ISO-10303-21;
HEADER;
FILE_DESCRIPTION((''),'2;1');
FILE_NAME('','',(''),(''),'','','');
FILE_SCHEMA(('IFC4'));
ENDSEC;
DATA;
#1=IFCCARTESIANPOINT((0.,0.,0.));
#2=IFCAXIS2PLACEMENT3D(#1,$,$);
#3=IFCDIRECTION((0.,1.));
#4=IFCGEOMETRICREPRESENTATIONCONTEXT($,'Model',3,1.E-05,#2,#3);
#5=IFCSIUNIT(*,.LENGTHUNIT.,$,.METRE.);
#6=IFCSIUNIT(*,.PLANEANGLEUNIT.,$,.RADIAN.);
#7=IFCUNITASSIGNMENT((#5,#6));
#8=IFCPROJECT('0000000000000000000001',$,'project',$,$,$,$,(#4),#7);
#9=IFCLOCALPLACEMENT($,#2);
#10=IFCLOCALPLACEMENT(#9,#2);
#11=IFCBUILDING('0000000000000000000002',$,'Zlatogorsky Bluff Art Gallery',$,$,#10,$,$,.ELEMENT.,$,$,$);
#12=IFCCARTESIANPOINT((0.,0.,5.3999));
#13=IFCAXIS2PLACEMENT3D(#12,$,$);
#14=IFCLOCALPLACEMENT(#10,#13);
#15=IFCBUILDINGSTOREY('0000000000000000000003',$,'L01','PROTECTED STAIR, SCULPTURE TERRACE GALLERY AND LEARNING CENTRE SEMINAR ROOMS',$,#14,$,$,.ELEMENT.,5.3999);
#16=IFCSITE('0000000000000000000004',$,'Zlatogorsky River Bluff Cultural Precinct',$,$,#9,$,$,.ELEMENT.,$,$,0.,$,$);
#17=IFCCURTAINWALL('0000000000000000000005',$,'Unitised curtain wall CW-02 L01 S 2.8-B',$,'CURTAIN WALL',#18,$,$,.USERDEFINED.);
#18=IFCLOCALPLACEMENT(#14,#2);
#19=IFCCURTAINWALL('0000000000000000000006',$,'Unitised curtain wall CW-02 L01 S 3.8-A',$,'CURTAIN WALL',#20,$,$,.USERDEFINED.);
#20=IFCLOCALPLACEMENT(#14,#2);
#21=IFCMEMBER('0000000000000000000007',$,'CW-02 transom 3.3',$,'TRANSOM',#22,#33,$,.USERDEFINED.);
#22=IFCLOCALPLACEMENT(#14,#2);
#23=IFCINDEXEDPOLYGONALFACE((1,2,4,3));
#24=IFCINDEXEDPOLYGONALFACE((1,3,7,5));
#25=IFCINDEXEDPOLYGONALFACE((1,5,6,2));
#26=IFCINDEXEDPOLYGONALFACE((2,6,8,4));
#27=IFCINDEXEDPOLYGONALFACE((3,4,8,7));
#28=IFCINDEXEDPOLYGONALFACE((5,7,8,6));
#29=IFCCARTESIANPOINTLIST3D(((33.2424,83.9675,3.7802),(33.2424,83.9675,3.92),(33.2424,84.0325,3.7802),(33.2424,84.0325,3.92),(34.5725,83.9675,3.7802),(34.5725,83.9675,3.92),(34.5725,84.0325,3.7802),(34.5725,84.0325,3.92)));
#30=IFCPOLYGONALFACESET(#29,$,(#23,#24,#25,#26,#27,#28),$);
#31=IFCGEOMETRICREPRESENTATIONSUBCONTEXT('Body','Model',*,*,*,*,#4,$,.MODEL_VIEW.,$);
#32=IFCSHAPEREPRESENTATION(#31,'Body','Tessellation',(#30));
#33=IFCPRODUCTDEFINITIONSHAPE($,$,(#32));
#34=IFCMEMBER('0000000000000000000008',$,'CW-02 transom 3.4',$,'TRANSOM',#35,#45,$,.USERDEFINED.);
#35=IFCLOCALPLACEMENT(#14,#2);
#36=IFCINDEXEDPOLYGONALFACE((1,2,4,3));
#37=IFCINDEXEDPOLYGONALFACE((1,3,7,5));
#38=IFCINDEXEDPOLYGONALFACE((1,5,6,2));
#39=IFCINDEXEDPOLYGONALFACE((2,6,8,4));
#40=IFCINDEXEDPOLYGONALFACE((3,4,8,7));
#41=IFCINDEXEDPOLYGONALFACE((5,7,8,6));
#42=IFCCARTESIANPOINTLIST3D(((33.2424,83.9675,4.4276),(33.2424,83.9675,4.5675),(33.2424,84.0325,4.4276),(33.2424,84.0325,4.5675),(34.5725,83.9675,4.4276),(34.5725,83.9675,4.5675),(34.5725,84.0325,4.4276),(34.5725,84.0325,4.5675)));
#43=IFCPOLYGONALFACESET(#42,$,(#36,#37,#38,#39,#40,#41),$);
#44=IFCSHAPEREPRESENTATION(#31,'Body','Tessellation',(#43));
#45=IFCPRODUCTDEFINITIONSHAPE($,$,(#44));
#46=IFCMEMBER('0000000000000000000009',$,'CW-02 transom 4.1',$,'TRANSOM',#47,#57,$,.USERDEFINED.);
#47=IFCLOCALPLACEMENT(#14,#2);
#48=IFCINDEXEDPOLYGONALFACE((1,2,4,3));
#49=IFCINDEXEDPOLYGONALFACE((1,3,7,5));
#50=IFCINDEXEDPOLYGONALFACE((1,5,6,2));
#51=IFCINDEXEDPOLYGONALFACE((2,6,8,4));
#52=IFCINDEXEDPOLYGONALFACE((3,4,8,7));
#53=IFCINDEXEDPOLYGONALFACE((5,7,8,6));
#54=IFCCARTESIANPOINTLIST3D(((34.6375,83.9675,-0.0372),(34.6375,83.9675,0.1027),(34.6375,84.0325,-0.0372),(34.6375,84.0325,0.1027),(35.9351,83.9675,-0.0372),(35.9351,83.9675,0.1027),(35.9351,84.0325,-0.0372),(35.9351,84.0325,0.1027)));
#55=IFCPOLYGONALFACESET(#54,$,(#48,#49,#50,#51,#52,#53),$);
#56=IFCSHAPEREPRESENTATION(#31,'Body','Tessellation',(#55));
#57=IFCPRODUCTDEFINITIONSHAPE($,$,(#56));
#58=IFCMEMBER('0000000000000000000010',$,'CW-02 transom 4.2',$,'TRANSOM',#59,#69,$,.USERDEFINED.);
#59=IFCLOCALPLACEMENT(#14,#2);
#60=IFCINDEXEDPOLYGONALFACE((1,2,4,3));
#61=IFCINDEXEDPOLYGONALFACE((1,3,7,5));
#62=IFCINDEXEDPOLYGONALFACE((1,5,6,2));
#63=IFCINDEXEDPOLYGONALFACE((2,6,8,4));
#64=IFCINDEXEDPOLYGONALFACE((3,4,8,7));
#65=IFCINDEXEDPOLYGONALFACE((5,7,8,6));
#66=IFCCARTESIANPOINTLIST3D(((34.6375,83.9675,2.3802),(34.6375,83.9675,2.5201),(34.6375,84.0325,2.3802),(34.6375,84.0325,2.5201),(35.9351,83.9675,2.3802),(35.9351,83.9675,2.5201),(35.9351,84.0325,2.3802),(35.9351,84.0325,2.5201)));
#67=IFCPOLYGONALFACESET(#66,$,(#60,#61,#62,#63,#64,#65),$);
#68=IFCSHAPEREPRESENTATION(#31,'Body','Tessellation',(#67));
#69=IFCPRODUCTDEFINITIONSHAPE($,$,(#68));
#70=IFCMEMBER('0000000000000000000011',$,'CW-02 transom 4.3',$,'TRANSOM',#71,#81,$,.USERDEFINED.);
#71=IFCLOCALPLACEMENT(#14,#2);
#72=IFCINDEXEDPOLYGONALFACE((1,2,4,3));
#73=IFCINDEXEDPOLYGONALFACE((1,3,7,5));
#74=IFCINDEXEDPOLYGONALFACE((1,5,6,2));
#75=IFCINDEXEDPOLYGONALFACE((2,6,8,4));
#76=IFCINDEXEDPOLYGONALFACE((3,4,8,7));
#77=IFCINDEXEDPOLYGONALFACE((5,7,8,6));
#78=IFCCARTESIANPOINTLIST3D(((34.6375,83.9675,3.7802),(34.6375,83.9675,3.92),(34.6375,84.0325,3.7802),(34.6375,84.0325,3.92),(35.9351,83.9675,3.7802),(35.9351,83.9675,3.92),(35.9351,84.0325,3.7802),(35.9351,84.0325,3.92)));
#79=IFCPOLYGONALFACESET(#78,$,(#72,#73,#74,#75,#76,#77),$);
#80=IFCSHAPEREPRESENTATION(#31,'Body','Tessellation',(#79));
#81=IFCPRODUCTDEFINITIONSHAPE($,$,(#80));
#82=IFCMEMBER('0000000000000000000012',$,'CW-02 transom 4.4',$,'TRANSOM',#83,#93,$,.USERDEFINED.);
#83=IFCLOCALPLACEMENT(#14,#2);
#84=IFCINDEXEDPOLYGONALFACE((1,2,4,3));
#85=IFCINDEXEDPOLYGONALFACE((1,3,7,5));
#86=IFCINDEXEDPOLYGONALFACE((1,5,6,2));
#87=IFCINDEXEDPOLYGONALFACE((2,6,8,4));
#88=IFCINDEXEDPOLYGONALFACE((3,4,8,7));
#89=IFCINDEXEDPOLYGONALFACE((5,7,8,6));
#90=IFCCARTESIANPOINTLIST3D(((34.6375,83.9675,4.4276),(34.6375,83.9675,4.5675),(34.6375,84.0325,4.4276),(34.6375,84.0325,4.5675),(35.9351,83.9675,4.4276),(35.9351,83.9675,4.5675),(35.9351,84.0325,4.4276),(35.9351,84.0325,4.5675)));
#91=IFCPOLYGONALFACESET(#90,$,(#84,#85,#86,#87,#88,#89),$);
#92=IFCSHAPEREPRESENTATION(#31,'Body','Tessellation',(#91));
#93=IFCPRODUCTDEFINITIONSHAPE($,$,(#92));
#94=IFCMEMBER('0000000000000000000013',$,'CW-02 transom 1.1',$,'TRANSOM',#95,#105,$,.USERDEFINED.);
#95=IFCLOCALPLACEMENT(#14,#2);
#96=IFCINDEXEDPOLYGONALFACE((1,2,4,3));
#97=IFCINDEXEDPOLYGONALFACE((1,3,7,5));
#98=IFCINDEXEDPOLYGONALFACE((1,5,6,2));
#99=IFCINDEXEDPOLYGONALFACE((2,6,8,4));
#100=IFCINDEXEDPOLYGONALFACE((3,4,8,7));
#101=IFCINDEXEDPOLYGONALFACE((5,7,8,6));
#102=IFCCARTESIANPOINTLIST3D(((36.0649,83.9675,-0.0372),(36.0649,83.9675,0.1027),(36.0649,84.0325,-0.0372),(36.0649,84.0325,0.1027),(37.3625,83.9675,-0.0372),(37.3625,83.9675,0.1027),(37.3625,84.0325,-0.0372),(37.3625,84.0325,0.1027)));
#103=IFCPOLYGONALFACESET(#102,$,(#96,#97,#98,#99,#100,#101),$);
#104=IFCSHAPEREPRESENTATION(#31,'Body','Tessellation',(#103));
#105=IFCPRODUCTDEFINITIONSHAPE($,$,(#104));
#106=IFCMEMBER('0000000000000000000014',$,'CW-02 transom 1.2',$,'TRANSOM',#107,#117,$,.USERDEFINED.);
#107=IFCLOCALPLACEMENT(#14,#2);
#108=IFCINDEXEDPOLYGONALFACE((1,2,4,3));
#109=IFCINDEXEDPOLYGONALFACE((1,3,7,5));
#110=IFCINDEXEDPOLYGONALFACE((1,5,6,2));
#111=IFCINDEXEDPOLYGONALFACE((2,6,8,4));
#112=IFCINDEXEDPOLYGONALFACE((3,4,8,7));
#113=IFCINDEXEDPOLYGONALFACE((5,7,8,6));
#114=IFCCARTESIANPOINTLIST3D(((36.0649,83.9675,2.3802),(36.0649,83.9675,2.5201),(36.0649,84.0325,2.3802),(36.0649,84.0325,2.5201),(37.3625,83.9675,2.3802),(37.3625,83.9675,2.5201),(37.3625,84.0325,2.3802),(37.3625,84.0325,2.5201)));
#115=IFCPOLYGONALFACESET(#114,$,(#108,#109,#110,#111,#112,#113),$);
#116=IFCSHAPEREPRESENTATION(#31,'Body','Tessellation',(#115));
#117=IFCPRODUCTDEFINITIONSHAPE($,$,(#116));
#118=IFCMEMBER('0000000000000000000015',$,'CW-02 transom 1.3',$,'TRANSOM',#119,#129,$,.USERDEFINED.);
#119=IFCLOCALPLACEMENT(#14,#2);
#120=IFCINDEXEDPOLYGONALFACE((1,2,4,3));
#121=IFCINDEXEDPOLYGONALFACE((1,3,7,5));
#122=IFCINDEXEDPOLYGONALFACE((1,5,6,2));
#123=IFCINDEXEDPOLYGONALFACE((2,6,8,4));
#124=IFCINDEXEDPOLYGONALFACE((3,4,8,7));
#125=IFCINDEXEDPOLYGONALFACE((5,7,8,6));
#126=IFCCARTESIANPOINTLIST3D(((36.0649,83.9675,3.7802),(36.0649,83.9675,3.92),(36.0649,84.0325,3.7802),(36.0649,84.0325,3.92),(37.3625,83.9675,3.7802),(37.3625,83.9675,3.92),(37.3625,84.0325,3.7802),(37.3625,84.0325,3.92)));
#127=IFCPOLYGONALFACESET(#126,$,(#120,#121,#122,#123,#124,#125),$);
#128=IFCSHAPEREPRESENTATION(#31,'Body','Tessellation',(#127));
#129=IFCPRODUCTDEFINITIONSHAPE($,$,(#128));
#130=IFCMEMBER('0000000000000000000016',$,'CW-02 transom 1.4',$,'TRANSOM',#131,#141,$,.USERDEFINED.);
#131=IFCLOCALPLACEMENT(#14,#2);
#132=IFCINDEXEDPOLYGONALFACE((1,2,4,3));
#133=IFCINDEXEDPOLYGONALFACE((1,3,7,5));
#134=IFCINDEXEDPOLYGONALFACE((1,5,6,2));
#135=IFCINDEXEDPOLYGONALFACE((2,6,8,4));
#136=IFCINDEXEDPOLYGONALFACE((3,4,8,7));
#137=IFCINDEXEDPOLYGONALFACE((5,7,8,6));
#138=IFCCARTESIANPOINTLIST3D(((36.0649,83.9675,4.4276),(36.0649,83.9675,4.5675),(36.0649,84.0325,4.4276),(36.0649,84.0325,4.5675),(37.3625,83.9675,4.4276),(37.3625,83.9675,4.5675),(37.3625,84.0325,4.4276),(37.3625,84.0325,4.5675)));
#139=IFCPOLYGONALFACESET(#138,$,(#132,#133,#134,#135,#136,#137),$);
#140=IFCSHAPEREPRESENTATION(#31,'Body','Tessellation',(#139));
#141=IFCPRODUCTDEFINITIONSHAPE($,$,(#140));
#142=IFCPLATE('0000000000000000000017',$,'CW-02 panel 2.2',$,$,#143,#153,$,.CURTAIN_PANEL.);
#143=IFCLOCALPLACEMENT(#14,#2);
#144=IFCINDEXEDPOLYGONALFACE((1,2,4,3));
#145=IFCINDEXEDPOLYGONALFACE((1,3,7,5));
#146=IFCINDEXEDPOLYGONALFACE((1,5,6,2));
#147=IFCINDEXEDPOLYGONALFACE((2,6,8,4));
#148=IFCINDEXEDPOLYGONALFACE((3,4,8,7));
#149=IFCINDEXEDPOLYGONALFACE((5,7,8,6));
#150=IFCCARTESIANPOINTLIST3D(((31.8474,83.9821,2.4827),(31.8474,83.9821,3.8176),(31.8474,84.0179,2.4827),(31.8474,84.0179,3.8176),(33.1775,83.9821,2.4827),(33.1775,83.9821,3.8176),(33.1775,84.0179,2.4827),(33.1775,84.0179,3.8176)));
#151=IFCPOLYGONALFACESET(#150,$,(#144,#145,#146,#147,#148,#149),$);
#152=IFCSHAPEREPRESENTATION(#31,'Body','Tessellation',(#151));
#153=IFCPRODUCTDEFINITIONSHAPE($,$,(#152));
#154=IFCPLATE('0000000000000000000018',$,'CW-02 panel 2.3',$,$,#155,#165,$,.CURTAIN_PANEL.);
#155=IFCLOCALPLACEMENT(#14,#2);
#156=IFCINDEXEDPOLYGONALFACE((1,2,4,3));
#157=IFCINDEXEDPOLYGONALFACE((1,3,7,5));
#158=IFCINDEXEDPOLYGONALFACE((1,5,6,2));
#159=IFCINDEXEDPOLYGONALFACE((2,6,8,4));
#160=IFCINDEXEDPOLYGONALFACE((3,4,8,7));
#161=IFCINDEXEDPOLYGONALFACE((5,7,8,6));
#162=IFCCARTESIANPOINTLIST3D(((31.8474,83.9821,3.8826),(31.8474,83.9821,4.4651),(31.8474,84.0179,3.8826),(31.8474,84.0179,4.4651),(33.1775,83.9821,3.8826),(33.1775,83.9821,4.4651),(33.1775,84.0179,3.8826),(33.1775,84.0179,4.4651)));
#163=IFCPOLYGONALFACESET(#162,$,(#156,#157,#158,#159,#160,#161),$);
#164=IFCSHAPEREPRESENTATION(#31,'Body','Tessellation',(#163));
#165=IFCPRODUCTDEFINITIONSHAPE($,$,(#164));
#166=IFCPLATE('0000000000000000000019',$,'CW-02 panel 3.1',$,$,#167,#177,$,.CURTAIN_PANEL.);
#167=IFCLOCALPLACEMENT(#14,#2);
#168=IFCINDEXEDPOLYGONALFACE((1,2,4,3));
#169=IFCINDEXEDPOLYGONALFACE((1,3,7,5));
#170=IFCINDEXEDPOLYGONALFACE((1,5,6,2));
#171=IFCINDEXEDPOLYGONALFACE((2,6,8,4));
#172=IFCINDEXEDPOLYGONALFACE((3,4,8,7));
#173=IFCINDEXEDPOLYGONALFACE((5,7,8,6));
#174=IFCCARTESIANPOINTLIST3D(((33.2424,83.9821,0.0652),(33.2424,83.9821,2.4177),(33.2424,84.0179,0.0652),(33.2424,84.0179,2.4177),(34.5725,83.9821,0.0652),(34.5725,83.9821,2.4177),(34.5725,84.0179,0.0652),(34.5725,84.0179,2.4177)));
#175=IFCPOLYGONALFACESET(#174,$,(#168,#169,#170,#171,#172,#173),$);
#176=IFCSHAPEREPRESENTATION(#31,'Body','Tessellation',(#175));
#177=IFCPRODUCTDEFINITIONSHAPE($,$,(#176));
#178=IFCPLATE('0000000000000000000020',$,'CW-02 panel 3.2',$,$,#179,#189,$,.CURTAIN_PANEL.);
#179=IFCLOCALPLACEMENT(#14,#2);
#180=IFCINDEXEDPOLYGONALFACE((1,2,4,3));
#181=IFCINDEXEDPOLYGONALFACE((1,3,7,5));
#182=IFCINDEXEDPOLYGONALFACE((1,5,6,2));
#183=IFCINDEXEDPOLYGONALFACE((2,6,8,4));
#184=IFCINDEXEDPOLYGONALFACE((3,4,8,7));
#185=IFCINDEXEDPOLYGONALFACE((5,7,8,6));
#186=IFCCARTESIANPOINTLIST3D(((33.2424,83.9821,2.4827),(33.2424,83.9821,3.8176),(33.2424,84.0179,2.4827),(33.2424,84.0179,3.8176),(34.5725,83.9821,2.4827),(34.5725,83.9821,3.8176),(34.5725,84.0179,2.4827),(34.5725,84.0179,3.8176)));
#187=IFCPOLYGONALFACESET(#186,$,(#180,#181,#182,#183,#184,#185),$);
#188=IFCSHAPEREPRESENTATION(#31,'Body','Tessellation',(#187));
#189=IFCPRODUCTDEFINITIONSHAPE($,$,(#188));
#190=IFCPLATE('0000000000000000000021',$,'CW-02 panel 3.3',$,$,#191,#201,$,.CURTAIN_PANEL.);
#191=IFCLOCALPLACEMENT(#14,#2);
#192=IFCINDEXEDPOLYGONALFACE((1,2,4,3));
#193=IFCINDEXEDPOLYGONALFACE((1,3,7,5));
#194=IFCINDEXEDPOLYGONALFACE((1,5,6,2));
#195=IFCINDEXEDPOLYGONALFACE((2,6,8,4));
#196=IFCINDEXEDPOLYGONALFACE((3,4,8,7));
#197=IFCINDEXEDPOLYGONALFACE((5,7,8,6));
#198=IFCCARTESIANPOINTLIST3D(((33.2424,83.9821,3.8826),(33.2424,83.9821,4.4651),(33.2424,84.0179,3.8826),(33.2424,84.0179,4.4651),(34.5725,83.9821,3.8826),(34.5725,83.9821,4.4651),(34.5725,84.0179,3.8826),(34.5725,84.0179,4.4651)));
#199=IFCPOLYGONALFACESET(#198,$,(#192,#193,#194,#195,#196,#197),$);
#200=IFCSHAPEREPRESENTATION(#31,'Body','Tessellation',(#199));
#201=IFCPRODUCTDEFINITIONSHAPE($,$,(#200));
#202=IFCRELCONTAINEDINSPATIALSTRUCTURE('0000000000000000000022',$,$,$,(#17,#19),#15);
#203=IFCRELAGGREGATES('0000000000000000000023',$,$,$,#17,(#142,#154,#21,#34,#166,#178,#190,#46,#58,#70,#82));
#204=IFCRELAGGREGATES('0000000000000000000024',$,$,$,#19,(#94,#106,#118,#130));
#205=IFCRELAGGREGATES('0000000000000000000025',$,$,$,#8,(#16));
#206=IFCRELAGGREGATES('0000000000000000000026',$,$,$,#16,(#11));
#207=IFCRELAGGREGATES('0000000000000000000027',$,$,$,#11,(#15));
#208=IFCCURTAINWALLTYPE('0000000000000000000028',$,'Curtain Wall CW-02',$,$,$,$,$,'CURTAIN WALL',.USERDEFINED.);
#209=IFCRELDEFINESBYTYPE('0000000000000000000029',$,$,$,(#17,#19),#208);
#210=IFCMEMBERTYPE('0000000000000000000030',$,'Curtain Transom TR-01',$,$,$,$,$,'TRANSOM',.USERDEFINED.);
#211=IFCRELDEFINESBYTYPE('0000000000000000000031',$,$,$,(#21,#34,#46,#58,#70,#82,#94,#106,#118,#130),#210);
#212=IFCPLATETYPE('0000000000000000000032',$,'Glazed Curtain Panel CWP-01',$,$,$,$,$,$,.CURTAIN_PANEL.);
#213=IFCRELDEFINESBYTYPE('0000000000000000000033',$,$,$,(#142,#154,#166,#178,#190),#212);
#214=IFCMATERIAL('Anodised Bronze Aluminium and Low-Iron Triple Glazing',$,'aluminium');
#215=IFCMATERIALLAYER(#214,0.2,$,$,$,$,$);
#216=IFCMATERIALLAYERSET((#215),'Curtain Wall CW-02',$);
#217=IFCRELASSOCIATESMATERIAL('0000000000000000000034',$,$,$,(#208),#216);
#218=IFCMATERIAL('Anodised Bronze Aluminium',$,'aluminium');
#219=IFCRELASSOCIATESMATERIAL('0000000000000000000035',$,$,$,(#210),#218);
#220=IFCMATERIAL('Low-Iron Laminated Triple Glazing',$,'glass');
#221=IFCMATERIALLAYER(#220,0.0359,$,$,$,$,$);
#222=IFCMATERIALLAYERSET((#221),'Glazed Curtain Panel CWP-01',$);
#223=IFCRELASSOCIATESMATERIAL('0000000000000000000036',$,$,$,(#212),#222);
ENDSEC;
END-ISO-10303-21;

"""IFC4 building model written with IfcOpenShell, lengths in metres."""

from ifc_helpers import new_model, si_unit, direction, frame, origin, origin_2d, place, context, subcontext, project, spatial, rectangle, extrude, material, layer, layer_set, material_profile, profile_set, type_object, element, aggregate, save


model = new_model("IFC4")

# Units and contexts
model_context = context("Model", 3, precision=1e-05, world=origin(), true_north=direction((0.0, 1.0)))
body_context = subcontext(model_context, "Body", "Model", "MODEL_VIEW")
ifc_project = project(units=[si_unit("LENGTHUNIT", "METRE"), si_unit("PLANEANGLEUNIT", "RADIAN")], contexts=[model_context])

# Site, building, storey
site_placement = place(None, origin())
site = spatial("IfcSite", under=ifc_project, at=site_placement, Name="Zlatogorsky River Bluff Cultural Precinct", CompositionType="ELEMENT", RefElevation=0.0)
building_placement = place(site_placement, origin())
building = spatial("IfcBuilding", under=site, at=building_placement, Name="Zlatogorsky Bluff Art Gallery", CompositionType="ELEMENT")
storey_placement = place(building_placement, frame((0.0, 0.0, 5.3999)))
storey = spatial("IfcBuildingStorey", under=building, at=storey_placement, Name="L01", Description="PROTECTED STAIR, SCULPTURE TERRACE GALLERY AND LEARNING CENTRE SEMINAR ROOMS", CompositionType="ELEMENT", Elevation=5.3999)

# Curtain wall
ifc_material_1 = material(Name="Anodised Bronze Aluminium and Low-Iron Triple Glazing", Category="aluminium")
ifc_layer_1 = layer(ifc_material_1, 0.2)
ifc_layer_set_1 = layer_set([ifc_layer_1], Name="Curtain Wall CW-02")
curtain_wall_type = type_object("IfcCurtainWallType", Name="Curtain Wall CW-02", ElementType="CURTAIN WALL", PredefinedType="USERDEFINED", material=ifc_layer_set_1)
curtain_wall_1_placement = place(storey_placement, origin())
curtain_wall_1 = element("IfcCurtainWall", 1, at=curtain_wall_1_placement, inside=storey, type_object=curtain_wall_type, Name="Unitised curtain wall CW-02 L01 S 2.8-B", ObjectType="CURTAIN WALL", PredefinedType="USERDEFINED")
ifc_material_2 = material(Name="Anodised Bronze Aluminium", Category="aluminium")

# Curtain wall
curtain_wall_2_placement = place(storey_placement, origin())
curtain_wall_2 = element("IfcCurtainWall", 2, at=curtain_wall_2_placement, inside=storey, type_object=curtain_wall_type, Name="Unitised curtain wall CW-02 L01 S 3.8-A", ObjectType="CURTAIN WALL", PredefinedType="USERDEFINED")

# Members
ifc_material_profile_1 = material_profile(ifc_material_2, rectangle(XDim=0.0649, YDim=0.1399, at=origin_2d()), Name="ALU TRANSOM 65x140")
ifc_profile_set_1 = profile_set([ifc_material_profile_1], Name="Anodised Bronze Aluminium")
member_type_1 = type_object("IfcMemberType", Name="Curtain Transom TR-01", ElementType="TRANSOM", PredefinedType="USERDEFINED", material=ifc_profile_set_1)
member_1_placement = place(storey_placement, frame((33.2424, 84.0, 3.8501), z_axis=(1.0, 0.0, 0.0), x_axis=(0.0, 1.0, 0.0)))
member_1 = element("IfcMember", 3, at=member_1_placement, type_object=member_type_1, Name="CW-02 transom 3.3", ObjectType="TRANSOM", PredefinedType="USERDEFINED", context=body_context, shape_type="SweptSolid", body=[
    extrude(rectangle(XDim=0.0649, YDim=0.1399, at=origin_2d()), origin(), (0.0, 0.0, 1.0), 1.3301),
])
member_2_placement = place(storey_placement, frame((33.2424, 84.0, 4.4976), z_axis=(1.0, 0.0, 0.0), x_axis=(0.0, 1.0, 0.0)))
member_2 = element("IfcMember", 4, at=member_2_placement, type_object=member_type_1, Name="CW-02 transom 3.4", ObjectType="TRANSOM", PredefinedType="USERDEFINED", context=body_context, shape_type="SweptSolid", body=[
    extrude(rectangle(XDim=0.0649, YDim=0.1399, at=origin_2d()), origin(), (0.0, 0.0, 1.0), 1.3301),
])
member_3_placement = place(storey_placement, frame((34.6375, 84.0, 0.0327), z_axis=(1.0, 0.0, 0.0), x_axis=(0.0, 1.0, 0.0)))
member_3 = element("IfcMember", 5, at=member_3_placement, type_object=member_type_1, Name="CW-02 transom 4.1", ObjectType="TRANSOM", PredefinedType="USERDEFINED", context=body_context, shape_type="SweptSolid", body=[
    extrude(rectangle(XDim=0.0649, YDim=0.1399, at=origin_2d()), origin(), (0.0, 0.0, 1.0), 1.2976),
])
member_4_placement = place(storey_placement, frame((34.6375, 84.0, 2.4502), z_axis=(1.0, 0.0, 0.0), x_axis=(0.0, 1.0, 0.0)))
member_4 = element("IfcMember", 6, at=member_4_placement, type_object=member_type_1, Name="CW-02 transom 4.2", ObjectType="TRANSOM", PredefinedType="USERDEFINED", context=body_context, shape_type="SweptSolid", body=[
    extrude(rectangle(XDim=0.0649, YDim=0.1399, at=origin_2d()), origin(), (0.0, 0.0, 1.0), 1.2976),
])
member_5_placement = place(storey_placement, frame((34.6375, 84.0, 3.8501), z_axis=(1.0, 0.0, 0.0), x_axis=(0.0, 1.0, 0.0)))
member_5 = element("IfcMember", 7, at=member_5_placement, type_object=member_type_1, Name="CW-02 transom 4.3", ObjectType="TRANSOM", PredefinedType="USERDEFINED", context=body_context, shape_type="SweptSolid", body=[
    extrude(rectangle(XDim=0.0649, YDim=0.1399, at=origin_2d()), origin(), (0.0, 0.0, 1.0), 1.2976),
])
member_6_placement = place(storey_placement, frame((34.6375, 84.0, 4.4976), z_axis=(1.0, 0.0, 0.0), x_axis=(0.0, 1.0, 0.0)))
member_6 = element("IfcMember", 8, at=member_6_placement, type_object=member_type_1, Name="CW-02 transom 4.4", ObjectType="TRANSOM", PredefinedType="USERDEFINED", context=body_context, shape_type="SweptSolid", body=[
    extrude(rectangle(XDim=0.0649, YDim=0.1399, at=origin_2d()), origin(), (0.0, 0.0, 1.0), 1.2976),
])
member_7_placement = place(storey_placement, frame((36.0649, 84.0, 0.0327), z_axis=(1.0, 0.0, 0.0), x_axis=(0.0, 1.0, 0.0)))
member_7 = element("IfcMember", 9, at=member_7_placement, type_object=member_type_1, Name="CW-02 transom 1.1", ObjectType="TRANSOM", PredefinedType="USERDEFINED", context=body_context, shape_type="SweptSolid", body=[
    extrude(rectangle(XDim=0.0649, YDim=0.1399, at=origin_2d()), origin(), (0.0, 0.0, 1.0), 1.2976),
])
member_8_placement = place(storey_placement, frame((36.0649, 84.0, 2.4502), z_axis=(1.0, 0.0, 0.0), x_axis=(0.0, 1.0, 0.0)))
member_8 = element("IfcMember", 10, at=member_8_placement, type_object=member_type_1, Name="CW-02 transom 1.2", ObjectType="TRANSOM", PredefinedType="USERDEFINED", context=body_context, shape_type="SweptSolid", body=[
    extrude(rectangle(XDim=0.0649, YDim=0.1399, at=origin_2d()), origin(), (0.0, 0.0, 1.0), 1.2976),
])
member_9_placement = place(storey_placement, frame((36.0649, 84.0, 3.8501), z_axis=(1.0, 0.0, 0.0), x_axis=(0.0, 1.0, 0.0)))
member_9 = element("IfcMember", 11, at=member_9_placement, type_object=member_type_1, Name="CW-02 transom 1.3", ObjectType="TRANSOM", PredefinedType="USERDEFINED", context=body_context, shape_type="SweptSolid", body=[
    extrude(rectangle(XDim=0.0649, YDim=0.1399, at=origin_2d()), origin(), (0.0, 0.0, 1.0), 1.2976),
])
member_10_placement = place(storey_placement, frame((36.0649, 84.0, 4.4976), z_axis=(1.0, 0.0, 0.0), x_axis=(0.0, 1.0, 0.0)))
member_10 = element("IfcMember", 12, at=member_10_placement, type_object=member_type_1, Name="CW-02 transom 1.4", ObjectType="TRANSOM", PredefinedType="USERDEFINED", context=body_context, shape_type="SweptSolid", body=[
    extrude(rectangle(XDim=0.0649, YDim=0.1399, at=origin_2d()), origin(), (0.0, 0.0, 1.0), 1.2976),
])

# Plates
ifc_material_3 = material(Name="Low-Iron Laminated Triple Glazing", Category="glass")
ifc_layer_2 = layer(ifc_material_3, 0.0359)
ifc_layer_set_2 = layer_set([ifc_layer_2], Name="Glazed Curtain Panel CWP-01")
plate_type = type_object("IfcPlateType", Name="Glazed Curtain Panel CWP-01", PredefinedType="CURTAIN_PANEL", material=ifc_layer_set_2)
plate_1_placement = place(storey_placement, frame((32.5125, 84.0, 2.4827), z_axis=(0.0, 0.0, 1.0), x_axis=(1.0, 0.0, 0.0)))
plate_1 = element("IfcPlate", 13, at=plate_1_placement, type_object=plate_type, Name="CW-02 panel 2.2", PredefinedType="CURTAIN_PANEL", context=body_context, shape_type="SweptSolid", body=[
    extrude(rectangle(XDim=1.3301, YDim=0.0359, at=origin_2d()), origin(), (0.0, 0.0, 1.0), 1.335),
])
plate_2_placement = place(storey_placement, frame((32.5125, 84.0, 3.8826), z_axis=(0.0, 0.0, 1.0), x_axis=(1.0, 0.0, 0.0)))
plate_2 = element("IfcPlate", 14, at=plate_2_placement, type_object=plate_type, Name="CW-02 panel 2.3", PredefinedType="CURTAIN_PANEL", context=body_context, shape_type="SweptSolid", body=[
    extrude(rectangle(XDim=1.3301, YDim=0.0359, at=origin_2d()), origin(), (0.0, 0.0, 1.0), 0.5825),
])
plate_3_placement = place(storey_placement, frame((33.9075, 84.0, 0.0652), z_axis=(0.0, 0.0, 1.0), x_axis=(1.0, 0.0, 0.0)))
plate_3 = element("IfcPlate", 15, at=plate_3_placement, type_object=plate_type, Name="CW-02 panel 3.1", PredefinedType="CURTAIN_PANEL", context=body_context, shape_type="SweptSolid", body=[
    extrude(rectangle(XDim=1.3301, YDim=0.0359, at=origin_2d()), origin(), (0.0, 0.0, 1.0), 2.3525),
])
plate_4_placement = place(storey_placement, frame((33.9075, 84.0, 2.4827), z_axis=(0.0, 0.0, 1.0), x_axis=(1.0, 0.0, 0.0)))
plate_4 = element("IfcPlate", 16, at=plate_4_placement, type_object=plate_type, Name="CW-02 panel 3.2", PredefinedType="CURTAIN_PANEL", context=body_context, shape_type="SweptSolid", body=[
    extrude(rectangle(XDim=1.3301, YDim=0.0359, at=origin_2d()), origin(), (0.0, 0.0, 1.0), 1.335),
])
plate_5_placement = place(storey_placement, frame((33.9075, 84.0, 3.8826), z_axis=(0.0, 0.0, 1.0), x_axis=(1.0, 0.0, 0.0)))
plate_5 = element("IfcPlate", 17, at=plate_5_placement, type_object=plate_type, Name="CW-02 panel 3.3", PredefinedType="CURTAIN_PANEL", context=body_context, shape_type="SweptSolid", body=[
    extrude(rectangle(XDim=1.3301, YDim=0.0359, at=origin_2d()), origin(), (0.0, 0.0, 1.0), 0.5825),
])
aggregate(curtain_wall_1, [plate_1, plate_2, member_1, member_2, plate_3, plate_4, plate_5, member_3, member_4, member_5, member_6])
aggregate(curtain_wall_2, [member_7, member_8, member_9, member_10])

save(model, "model.ifc")
